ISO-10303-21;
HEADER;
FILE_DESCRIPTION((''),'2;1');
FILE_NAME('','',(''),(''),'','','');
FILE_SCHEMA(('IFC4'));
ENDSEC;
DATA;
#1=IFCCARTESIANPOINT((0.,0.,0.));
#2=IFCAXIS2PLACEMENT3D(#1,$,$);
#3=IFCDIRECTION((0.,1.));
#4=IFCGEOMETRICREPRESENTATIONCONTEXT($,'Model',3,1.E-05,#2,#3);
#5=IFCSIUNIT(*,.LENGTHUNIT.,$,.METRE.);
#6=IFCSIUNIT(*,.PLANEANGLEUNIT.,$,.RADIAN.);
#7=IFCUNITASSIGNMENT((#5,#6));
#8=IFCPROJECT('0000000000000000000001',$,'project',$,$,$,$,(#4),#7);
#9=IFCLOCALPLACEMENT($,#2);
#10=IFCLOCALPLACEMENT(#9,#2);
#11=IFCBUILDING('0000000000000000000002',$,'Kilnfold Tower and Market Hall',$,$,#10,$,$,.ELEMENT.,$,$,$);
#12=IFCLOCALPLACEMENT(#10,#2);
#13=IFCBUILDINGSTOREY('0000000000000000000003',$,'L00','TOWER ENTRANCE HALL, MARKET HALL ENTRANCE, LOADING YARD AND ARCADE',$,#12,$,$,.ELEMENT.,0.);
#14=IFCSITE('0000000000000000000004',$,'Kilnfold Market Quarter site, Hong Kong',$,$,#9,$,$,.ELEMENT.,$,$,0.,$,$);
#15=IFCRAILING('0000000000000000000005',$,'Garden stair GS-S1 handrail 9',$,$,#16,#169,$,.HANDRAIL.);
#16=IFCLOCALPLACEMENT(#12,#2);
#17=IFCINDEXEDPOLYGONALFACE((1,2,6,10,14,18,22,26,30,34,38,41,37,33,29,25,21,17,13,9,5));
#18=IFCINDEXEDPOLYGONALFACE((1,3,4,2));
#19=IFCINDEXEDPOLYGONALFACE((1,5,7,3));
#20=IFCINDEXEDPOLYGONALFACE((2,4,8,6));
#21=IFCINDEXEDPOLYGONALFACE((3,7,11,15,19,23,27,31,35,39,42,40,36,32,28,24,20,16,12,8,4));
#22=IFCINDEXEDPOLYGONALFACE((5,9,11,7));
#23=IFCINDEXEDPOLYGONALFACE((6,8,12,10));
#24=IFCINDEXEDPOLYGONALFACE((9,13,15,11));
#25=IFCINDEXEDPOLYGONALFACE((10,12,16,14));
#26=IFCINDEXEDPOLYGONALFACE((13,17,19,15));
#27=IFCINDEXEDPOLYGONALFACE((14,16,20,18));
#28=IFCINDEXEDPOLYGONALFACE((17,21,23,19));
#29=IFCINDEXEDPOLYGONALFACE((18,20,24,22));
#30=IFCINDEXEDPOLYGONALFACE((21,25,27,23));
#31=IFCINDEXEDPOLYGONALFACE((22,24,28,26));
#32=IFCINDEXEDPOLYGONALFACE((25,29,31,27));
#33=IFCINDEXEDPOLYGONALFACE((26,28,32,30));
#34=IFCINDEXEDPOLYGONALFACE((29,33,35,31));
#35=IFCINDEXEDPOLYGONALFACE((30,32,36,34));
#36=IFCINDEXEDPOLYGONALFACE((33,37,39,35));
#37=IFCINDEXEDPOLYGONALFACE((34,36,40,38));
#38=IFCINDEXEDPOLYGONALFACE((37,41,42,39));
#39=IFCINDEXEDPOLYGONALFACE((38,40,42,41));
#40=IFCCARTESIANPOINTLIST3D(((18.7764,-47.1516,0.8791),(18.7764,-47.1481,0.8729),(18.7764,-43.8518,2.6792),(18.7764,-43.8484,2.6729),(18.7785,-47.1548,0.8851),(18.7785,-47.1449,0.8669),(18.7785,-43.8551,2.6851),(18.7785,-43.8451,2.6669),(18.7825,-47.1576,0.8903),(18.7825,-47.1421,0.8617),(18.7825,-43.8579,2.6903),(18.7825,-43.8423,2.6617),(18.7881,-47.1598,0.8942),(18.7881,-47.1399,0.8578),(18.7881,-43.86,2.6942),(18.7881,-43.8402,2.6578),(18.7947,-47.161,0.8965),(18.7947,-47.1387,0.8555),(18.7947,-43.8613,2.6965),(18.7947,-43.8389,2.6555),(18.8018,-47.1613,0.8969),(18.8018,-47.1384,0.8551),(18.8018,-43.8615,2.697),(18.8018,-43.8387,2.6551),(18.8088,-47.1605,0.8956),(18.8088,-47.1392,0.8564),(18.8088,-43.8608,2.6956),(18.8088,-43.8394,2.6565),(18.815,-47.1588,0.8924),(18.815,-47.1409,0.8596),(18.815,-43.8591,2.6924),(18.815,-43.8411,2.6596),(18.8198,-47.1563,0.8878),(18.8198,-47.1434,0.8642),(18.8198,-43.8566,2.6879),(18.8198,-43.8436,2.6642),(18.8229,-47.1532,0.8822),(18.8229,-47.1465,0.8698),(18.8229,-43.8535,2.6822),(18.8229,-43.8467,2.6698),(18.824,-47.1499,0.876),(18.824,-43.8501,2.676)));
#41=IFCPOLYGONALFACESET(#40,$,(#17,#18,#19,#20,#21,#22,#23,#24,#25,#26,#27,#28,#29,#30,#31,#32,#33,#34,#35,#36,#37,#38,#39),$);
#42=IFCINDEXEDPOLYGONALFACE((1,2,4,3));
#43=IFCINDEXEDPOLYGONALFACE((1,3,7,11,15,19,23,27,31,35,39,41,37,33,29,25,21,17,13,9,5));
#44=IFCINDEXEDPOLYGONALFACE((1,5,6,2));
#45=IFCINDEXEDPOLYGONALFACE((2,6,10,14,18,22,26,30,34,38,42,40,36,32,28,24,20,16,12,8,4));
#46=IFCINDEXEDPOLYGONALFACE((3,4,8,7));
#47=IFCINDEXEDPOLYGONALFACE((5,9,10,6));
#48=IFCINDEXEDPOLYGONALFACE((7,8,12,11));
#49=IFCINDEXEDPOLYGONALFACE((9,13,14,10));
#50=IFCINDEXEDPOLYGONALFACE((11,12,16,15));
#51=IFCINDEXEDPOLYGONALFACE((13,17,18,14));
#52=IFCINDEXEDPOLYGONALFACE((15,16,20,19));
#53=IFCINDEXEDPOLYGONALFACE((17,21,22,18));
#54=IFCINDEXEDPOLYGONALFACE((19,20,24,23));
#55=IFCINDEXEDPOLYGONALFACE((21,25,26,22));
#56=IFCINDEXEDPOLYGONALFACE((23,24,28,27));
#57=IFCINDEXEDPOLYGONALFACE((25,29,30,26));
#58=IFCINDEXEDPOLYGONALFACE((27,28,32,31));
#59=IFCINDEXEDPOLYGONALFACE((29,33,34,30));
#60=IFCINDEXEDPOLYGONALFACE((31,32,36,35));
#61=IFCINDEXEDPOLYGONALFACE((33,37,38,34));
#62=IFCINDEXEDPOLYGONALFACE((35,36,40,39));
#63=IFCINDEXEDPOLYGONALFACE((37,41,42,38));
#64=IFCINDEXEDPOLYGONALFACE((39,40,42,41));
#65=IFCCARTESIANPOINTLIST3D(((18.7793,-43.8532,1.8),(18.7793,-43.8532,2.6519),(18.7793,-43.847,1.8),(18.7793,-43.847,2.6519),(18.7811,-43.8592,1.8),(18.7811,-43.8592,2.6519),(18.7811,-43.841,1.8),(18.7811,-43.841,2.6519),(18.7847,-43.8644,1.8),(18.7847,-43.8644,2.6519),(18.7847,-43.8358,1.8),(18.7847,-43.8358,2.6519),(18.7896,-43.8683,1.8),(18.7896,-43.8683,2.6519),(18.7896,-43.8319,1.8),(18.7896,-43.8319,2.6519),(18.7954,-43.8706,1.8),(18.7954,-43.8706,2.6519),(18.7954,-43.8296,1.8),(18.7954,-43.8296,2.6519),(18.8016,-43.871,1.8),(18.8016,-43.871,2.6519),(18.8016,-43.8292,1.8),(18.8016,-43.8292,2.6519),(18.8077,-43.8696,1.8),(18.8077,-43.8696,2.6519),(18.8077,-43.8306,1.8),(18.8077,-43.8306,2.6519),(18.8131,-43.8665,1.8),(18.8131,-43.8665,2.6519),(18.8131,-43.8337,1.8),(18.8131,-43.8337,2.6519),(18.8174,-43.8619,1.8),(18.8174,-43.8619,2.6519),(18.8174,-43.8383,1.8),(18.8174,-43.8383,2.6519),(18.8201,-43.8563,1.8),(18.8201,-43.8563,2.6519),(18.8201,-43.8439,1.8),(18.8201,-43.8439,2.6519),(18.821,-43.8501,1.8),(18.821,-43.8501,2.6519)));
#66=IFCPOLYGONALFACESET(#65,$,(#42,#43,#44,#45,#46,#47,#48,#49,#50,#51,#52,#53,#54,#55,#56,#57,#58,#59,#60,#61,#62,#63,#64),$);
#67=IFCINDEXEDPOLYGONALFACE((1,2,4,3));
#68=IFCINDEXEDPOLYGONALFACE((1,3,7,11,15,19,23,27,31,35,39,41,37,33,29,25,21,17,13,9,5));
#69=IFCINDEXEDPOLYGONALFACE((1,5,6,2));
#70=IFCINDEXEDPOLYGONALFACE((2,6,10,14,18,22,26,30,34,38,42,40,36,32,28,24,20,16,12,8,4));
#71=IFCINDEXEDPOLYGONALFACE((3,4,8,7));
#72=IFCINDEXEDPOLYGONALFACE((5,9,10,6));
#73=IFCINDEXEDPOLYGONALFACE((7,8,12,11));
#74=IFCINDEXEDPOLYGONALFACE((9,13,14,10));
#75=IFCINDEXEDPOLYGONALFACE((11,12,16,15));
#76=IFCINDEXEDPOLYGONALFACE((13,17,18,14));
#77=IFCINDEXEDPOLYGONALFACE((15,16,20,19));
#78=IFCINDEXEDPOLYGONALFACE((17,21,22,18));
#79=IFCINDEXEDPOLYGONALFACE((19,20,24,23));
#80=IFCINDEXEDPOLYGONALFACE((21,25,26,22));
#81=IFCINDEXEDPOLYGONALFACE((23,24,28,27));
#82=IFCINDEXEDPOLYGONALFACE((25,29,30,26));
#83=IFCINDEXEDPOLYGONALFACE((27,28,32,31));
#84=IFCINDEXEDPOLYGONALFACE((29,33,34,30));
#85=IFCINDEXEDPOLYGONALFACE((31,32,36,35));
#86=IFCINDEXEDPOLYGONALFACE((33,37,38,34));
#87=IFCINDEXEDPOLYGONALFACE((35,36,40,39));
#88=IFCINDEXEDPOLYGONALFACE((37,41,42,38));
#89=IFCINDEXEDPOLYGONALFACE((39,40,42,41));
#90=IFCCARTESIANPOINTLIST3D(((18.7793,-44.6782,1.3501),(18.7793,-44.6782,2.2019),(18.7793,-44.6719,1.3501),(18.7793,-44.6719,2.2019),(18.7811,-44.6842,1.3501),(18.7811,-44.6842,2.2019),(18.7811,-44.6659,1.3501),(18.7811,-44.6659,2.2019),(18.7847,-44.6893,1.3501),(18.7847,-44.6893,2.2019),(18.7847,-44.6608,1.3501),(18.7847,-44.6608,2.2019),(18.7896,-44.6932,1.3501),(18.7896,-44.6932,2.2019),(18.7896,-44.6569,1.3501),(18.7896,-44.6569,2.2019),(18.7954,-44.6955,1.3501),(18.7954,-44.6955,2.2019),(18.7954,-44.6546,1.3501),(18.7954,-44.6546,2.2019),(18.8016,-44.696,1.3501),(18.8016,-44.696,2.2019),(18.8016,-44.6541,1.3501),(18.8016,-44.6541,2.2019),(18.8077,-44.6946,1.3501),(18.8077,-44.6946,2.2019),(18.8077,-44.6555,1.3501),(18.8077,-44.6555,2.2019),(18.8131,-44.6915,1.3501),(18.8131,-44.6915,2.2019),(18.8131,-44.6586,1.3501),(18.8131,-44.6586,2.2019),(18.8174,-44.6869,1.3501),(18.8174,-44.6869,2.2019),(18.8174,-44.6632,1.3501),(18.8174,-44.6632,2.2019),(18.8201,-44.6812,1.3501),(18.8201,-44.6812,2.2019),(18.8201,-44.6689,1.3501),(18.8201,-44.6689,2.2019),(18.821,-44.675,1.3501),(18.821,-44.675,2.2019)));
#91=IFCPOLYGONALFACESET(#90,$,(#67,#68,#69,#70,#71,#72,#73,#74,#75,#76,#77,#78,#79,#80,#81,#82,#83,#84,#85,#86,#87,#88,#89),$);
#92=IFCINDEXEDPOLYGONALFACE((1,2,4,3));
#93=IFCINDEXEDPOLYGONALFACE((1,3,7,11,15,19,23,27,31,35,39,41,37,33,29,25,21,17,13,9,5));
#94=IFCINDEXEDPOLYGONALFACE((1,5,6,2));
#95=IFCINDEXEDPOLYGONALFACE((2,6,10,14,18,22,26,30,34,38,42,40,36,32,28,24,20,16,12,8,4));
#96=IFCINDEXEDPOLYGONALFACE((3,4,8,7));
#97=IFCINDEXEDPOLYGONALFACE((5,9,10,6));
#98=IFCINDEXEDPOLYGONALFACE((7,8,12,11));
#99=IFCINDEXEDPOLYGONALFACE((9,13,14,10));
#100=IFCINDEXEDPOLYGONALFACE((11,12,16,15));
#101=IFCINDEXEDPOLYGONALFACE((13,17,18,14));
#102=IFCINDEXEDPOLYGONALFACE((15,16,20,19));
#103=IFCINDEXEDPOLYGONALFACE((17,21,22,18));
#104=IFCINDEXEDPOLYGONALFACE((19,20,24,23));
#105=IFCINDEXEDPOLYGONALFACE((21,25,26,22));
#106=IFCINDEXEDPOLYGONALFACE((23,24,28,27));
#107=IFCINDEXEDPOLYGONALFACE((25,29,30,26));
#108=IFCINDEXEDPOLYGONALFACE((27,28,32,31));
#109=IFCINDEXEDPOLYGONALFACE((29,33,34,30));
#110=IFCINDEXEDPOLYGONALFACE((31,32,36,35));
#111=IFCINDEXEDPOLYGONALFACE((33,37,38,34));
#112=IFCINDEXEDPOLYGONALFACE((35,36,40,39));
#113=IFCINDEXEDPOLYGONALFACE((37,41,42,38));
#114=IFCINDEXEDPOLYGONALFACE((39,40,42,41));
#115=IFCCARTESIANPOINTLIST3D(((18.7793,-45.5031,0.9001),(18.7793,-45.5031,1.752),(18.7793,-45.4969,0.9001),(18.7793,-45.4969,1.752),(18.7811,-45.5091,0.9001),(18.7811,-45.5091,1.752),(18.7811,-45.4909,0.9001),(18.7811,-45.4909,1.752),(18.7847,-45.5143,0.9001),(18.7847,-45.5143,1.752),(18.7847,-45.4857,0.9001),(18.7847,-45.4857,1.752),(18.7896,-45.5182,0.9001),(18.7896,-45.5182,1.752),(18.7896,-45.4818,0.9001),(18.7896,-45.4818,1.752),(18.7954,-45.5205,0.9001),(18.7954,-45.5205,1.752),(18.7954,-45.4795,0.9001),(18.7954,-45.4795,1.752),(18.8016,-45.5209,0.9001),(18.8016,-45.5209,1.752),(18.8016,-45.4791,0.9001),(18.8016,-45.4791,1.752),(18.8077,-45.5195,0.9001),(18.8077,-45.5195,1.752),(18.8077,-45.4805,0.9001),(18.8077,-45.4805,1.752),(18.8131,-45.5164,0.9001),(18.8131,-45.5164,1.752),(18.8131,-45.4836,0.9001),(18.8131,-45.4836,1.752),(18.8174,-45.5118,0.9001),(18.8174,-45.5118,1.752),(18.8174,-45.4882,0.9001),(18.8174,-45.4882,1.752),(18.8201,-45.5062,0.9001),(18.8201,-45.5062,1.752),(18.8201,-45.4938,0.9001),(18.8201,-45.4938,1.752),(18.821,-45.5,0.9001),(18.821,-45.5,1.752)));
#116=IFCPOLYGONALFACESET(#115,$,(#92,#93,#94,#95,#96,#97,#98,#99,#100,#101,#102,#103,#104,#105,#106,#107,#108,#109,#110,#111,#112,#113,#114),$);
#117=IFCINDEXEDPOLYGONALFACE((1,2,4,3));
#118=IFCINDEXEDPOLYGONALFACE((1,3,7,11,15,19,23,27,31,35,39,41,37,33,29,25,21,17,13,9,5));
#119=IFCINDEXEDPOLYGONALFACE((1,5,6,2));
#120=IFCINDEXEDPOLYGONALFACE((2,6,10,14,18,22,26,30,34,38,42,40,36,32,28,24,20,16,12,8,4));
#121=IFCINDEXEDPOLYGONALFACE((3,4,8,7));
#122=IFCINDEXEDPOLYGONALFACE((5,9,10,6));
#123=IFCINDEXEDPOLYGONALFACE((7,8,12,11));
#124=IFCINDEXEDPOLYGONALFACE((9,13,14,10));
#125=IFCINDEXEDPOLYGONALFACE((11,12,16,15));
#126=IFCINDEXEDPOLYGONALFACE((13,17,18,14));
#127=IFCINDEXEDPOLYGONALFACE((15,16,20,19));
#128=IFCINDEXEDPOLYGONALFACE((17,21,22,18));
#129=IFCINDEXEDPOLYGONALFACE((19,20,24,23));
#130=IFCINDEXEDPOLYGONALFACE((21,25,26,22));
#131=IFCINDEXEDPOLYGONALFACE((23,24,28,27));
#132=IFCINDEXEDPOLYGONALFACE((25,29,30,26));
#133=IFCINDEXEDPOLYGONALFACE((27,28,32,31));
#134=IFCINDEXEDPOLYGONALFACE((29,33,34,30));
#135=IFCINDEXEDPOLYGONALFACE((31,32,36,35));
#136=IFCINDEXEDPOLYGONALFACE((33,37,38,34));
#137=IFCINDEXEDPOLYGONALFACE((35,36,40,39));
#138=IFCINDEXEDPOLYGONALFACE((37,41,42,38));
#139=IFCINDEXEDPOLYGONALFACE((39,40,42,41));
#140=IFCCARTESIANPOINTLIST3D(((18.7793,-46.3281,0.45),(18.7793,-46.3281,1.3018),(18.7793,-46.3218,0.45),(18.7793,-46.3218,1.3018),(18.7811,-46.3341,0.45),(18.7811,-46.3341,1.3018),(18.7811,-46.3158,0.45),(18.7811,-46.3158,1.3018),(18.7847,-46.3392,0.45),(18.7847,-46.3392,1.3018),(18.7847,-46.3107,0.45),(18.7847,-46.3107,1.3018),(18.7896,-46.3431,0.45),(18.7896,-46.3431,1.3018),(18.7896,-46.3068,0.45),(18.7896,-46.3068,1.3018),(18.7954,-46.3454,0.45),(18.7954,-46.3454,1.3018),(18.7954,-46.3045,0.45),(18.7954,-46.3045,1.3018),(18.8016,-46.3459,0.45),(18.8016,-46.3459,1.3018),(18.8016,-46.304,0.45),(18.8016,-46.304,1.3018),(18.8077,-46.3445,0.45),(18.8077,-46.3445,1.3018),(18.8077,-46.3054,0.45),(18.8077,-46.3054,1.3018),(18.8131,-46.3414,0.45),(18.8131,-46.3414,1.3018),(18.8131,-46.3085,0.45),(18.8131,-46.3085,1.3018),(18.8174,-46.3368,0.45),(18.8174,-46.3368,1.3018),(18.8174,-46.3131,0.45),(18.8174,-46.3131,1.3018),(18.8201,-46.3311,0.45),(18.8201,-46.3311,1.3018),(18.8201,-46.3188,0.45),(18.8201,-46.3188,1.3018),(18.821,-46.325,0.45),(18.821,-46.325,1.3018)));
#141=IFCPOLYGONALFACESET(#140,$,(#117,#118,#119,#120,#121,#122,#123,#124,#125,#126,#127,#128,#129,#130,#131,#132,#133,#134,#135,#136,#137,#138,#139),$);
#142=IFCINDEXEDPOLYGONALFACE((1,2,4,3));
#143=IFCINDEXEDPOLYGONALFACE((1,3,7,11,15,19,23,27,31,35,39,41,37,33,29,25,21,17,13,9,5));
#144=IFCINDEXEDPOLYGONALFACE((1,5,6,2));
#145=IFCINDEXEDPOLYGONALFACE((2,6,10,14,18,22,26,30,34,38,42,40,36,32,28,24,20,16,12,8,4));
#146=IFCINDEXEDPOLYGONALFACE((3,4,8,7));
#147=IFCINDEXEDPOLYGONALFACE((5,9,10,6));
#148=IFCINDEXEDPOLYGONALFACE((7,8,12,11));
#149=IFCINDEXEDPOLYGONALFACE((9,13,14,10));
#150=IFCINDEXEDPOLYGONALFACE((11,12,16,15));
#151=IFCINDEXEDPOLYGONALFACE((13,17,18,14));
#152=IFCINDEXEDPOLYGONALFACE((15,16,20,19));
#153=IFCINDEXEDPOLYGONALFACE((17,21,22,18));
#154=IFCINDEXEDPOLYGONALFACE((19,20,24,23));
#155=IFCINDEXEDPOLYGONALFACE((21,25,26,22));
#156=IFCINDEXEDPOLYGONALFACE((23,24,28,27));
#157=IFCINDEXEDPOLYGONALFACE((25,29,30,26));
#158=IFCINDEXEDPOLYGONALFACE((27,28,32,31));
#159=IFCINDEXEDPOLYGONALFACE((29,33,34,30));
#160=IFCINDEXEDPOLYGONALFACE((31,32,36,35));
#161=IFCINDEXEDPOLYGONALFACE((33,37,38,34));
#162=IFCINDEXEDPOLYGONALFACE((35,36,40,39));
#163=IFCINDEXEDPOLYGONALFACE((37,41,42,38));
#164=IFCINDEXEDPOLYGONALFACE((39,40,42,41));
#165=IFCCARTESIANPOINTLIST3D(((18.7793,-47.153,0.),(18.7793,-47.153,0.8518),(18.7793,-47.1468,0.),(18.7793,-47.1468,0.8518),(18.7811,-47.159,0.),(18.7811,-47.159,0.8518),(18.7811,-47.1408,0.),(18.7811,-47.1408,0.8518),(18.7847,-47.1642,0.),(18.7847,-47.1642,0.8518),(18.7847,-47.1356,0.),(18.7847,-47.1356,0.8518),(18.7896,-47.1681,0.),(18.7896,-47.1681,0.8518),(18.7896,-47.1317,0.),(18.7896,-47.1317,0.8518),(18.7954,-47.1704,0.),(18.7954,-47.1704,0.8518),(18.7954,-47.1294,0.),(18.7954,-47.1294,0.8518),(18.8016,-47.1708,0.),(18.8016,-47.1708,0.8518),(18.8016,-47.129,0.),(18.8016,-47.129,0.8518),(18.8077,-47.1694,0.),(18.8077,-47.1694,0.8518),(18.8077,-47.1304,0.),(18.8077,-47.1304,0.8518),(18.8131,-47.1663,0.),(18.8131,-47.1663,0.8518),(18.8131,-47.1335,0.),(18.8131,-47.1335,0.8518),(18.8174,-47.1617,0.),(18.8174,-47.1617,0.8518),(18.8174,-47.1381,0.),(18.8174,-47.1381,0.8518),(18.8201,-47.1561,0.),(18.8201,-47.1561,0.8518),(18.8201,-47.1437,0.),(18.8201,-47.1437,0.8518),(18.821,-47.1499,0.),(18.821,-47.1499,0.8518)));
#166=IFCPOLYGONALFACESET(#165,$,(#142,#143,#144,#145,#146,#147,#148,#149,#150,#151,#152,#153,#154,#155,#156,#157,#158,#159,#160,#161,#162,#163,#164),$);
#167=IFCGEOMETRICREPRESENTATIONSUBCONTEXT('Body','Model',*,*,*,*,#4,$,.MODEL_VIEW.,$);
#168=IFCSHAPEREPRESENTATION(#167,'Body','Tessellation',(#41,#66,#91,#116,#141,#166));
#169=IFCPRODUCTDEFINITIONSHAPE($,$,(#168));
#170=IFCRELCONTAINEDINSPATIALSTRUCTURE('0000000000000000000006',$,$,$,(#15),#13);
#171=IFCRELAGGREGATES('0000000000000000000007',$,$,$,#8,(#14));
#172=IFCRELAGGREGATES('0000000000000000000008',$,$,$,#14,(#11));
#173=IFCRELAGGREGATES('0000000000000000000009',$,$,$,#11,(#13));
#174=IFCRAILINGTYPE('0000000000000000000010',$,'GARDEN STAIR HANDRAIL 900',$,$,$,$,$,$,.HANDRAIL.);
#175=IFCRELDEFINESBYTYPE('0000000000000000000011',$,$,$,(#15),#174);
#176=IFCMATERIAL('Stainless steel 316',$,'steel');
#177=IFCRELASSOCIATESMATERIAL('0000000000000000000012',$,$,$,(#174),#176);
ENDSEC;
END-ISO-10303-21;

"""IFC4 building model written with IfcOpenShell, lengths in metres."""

from ifc_helpers import new_model, si_unit, direction, frame, origin, origin_2d, place, context, subcontext, project, spatial, circle, extrude, material, type_object, element, save


model = new_model("IFC4")

# Units and contexts
model_context = context("Model", 3, precision=1e-05, world=origin(), true_north=direction((0.0, 1.0)))
body_context = subcontext(model_context, "Body", "Model", "MODEL_VIEW")
ifc_project = project(units=[si_unit("LENGTHUNIT", "METRE"), si_unit("PLANEANGLEUNIT", "RADIAN")], contexts=[model_context])

# Site, building, storey
site_placement = place(None, origin())
site = spatial("IfcSite", under=ifc_project, at=site_placement, Name="Kilnfold Market Quarter site, Hong Kong", CompositionType="ELEMENT", RefElevation=0.0)
building_placement = place(site_placement, origin())
building = spatial("IfcBuilding", under=site, at=building_placement, Name="Kilnfold Tower and Market Hall", CompositionType="ELEMENT")
storey_placement = place(building_placement, origin())
storey = spatial("IfcBuildingStorey", under=building, at=storey_placement, Name="L00", Description="TOWER ENTRANCE HALL, MARKET HALL ENTRANCE, LOADING YARD AND ARCADE", CompositionType="ELEMENT", Elevation=0.0)

# Railing
ifc_material_1 = material(Name="Stainless steel 316", Category="steel")
railing_type_1 = type_object("IfcRailingType", Name="GARDEN STAIR HANDRAIL 900", PredefinedType="HANDRAIL", material=ifc_material_1)
railing_1_placement = place(storey_placement, frame((18.8, -43.8501, 1.8)))
element("IfcRailing", 1, at=railing_1_placement, inside=storey, type_object=railing_type_1, Name="Garden stair GS-S1 handrail 9", PredefinedType="HANDRAIL", context=body_context, shape_type="SweptSolid", body=[
    extrude(circle(Radius=0.0239, at=origin_2d()), frame((0.0, 0.0, 0.876), z_axis=(0.0, -0.877878, -0.478884), x_axis=(1.0, 0.0, 0.0)), (0.0, 0.0, 1.0), 3.7588),
    extrude(circle(Radius=0.021, at=origin_2d()), origin(), (0.0, 0.0, 1.0), 0.8518),
    extrude(circle(Radius=0.021, at=origin_2d()), frame((0.0, -0.825, -0.45)), (0.0, 0.0, 1.0), 0.8518),
    extrude(circle(Radius=0.021, at=origin_2d()), frame((0.0, -1.6499, -0.8999)), (0.0, 0.0, 1.0), 0.8518),
    extrude(circle(Radius=0.021, at=origin_2d()), frame((0.0, -2.4749, -1.3501)), (0.0, 0.0, 1.0), 0.8518),
    extrude(circle(Radius=0.021, at=origin_2d()), frame((0.0, -3.2998, -1.8)), (0.0, 0.0, 1.0), 0.8518),
])

save(model, "model.ifc")
